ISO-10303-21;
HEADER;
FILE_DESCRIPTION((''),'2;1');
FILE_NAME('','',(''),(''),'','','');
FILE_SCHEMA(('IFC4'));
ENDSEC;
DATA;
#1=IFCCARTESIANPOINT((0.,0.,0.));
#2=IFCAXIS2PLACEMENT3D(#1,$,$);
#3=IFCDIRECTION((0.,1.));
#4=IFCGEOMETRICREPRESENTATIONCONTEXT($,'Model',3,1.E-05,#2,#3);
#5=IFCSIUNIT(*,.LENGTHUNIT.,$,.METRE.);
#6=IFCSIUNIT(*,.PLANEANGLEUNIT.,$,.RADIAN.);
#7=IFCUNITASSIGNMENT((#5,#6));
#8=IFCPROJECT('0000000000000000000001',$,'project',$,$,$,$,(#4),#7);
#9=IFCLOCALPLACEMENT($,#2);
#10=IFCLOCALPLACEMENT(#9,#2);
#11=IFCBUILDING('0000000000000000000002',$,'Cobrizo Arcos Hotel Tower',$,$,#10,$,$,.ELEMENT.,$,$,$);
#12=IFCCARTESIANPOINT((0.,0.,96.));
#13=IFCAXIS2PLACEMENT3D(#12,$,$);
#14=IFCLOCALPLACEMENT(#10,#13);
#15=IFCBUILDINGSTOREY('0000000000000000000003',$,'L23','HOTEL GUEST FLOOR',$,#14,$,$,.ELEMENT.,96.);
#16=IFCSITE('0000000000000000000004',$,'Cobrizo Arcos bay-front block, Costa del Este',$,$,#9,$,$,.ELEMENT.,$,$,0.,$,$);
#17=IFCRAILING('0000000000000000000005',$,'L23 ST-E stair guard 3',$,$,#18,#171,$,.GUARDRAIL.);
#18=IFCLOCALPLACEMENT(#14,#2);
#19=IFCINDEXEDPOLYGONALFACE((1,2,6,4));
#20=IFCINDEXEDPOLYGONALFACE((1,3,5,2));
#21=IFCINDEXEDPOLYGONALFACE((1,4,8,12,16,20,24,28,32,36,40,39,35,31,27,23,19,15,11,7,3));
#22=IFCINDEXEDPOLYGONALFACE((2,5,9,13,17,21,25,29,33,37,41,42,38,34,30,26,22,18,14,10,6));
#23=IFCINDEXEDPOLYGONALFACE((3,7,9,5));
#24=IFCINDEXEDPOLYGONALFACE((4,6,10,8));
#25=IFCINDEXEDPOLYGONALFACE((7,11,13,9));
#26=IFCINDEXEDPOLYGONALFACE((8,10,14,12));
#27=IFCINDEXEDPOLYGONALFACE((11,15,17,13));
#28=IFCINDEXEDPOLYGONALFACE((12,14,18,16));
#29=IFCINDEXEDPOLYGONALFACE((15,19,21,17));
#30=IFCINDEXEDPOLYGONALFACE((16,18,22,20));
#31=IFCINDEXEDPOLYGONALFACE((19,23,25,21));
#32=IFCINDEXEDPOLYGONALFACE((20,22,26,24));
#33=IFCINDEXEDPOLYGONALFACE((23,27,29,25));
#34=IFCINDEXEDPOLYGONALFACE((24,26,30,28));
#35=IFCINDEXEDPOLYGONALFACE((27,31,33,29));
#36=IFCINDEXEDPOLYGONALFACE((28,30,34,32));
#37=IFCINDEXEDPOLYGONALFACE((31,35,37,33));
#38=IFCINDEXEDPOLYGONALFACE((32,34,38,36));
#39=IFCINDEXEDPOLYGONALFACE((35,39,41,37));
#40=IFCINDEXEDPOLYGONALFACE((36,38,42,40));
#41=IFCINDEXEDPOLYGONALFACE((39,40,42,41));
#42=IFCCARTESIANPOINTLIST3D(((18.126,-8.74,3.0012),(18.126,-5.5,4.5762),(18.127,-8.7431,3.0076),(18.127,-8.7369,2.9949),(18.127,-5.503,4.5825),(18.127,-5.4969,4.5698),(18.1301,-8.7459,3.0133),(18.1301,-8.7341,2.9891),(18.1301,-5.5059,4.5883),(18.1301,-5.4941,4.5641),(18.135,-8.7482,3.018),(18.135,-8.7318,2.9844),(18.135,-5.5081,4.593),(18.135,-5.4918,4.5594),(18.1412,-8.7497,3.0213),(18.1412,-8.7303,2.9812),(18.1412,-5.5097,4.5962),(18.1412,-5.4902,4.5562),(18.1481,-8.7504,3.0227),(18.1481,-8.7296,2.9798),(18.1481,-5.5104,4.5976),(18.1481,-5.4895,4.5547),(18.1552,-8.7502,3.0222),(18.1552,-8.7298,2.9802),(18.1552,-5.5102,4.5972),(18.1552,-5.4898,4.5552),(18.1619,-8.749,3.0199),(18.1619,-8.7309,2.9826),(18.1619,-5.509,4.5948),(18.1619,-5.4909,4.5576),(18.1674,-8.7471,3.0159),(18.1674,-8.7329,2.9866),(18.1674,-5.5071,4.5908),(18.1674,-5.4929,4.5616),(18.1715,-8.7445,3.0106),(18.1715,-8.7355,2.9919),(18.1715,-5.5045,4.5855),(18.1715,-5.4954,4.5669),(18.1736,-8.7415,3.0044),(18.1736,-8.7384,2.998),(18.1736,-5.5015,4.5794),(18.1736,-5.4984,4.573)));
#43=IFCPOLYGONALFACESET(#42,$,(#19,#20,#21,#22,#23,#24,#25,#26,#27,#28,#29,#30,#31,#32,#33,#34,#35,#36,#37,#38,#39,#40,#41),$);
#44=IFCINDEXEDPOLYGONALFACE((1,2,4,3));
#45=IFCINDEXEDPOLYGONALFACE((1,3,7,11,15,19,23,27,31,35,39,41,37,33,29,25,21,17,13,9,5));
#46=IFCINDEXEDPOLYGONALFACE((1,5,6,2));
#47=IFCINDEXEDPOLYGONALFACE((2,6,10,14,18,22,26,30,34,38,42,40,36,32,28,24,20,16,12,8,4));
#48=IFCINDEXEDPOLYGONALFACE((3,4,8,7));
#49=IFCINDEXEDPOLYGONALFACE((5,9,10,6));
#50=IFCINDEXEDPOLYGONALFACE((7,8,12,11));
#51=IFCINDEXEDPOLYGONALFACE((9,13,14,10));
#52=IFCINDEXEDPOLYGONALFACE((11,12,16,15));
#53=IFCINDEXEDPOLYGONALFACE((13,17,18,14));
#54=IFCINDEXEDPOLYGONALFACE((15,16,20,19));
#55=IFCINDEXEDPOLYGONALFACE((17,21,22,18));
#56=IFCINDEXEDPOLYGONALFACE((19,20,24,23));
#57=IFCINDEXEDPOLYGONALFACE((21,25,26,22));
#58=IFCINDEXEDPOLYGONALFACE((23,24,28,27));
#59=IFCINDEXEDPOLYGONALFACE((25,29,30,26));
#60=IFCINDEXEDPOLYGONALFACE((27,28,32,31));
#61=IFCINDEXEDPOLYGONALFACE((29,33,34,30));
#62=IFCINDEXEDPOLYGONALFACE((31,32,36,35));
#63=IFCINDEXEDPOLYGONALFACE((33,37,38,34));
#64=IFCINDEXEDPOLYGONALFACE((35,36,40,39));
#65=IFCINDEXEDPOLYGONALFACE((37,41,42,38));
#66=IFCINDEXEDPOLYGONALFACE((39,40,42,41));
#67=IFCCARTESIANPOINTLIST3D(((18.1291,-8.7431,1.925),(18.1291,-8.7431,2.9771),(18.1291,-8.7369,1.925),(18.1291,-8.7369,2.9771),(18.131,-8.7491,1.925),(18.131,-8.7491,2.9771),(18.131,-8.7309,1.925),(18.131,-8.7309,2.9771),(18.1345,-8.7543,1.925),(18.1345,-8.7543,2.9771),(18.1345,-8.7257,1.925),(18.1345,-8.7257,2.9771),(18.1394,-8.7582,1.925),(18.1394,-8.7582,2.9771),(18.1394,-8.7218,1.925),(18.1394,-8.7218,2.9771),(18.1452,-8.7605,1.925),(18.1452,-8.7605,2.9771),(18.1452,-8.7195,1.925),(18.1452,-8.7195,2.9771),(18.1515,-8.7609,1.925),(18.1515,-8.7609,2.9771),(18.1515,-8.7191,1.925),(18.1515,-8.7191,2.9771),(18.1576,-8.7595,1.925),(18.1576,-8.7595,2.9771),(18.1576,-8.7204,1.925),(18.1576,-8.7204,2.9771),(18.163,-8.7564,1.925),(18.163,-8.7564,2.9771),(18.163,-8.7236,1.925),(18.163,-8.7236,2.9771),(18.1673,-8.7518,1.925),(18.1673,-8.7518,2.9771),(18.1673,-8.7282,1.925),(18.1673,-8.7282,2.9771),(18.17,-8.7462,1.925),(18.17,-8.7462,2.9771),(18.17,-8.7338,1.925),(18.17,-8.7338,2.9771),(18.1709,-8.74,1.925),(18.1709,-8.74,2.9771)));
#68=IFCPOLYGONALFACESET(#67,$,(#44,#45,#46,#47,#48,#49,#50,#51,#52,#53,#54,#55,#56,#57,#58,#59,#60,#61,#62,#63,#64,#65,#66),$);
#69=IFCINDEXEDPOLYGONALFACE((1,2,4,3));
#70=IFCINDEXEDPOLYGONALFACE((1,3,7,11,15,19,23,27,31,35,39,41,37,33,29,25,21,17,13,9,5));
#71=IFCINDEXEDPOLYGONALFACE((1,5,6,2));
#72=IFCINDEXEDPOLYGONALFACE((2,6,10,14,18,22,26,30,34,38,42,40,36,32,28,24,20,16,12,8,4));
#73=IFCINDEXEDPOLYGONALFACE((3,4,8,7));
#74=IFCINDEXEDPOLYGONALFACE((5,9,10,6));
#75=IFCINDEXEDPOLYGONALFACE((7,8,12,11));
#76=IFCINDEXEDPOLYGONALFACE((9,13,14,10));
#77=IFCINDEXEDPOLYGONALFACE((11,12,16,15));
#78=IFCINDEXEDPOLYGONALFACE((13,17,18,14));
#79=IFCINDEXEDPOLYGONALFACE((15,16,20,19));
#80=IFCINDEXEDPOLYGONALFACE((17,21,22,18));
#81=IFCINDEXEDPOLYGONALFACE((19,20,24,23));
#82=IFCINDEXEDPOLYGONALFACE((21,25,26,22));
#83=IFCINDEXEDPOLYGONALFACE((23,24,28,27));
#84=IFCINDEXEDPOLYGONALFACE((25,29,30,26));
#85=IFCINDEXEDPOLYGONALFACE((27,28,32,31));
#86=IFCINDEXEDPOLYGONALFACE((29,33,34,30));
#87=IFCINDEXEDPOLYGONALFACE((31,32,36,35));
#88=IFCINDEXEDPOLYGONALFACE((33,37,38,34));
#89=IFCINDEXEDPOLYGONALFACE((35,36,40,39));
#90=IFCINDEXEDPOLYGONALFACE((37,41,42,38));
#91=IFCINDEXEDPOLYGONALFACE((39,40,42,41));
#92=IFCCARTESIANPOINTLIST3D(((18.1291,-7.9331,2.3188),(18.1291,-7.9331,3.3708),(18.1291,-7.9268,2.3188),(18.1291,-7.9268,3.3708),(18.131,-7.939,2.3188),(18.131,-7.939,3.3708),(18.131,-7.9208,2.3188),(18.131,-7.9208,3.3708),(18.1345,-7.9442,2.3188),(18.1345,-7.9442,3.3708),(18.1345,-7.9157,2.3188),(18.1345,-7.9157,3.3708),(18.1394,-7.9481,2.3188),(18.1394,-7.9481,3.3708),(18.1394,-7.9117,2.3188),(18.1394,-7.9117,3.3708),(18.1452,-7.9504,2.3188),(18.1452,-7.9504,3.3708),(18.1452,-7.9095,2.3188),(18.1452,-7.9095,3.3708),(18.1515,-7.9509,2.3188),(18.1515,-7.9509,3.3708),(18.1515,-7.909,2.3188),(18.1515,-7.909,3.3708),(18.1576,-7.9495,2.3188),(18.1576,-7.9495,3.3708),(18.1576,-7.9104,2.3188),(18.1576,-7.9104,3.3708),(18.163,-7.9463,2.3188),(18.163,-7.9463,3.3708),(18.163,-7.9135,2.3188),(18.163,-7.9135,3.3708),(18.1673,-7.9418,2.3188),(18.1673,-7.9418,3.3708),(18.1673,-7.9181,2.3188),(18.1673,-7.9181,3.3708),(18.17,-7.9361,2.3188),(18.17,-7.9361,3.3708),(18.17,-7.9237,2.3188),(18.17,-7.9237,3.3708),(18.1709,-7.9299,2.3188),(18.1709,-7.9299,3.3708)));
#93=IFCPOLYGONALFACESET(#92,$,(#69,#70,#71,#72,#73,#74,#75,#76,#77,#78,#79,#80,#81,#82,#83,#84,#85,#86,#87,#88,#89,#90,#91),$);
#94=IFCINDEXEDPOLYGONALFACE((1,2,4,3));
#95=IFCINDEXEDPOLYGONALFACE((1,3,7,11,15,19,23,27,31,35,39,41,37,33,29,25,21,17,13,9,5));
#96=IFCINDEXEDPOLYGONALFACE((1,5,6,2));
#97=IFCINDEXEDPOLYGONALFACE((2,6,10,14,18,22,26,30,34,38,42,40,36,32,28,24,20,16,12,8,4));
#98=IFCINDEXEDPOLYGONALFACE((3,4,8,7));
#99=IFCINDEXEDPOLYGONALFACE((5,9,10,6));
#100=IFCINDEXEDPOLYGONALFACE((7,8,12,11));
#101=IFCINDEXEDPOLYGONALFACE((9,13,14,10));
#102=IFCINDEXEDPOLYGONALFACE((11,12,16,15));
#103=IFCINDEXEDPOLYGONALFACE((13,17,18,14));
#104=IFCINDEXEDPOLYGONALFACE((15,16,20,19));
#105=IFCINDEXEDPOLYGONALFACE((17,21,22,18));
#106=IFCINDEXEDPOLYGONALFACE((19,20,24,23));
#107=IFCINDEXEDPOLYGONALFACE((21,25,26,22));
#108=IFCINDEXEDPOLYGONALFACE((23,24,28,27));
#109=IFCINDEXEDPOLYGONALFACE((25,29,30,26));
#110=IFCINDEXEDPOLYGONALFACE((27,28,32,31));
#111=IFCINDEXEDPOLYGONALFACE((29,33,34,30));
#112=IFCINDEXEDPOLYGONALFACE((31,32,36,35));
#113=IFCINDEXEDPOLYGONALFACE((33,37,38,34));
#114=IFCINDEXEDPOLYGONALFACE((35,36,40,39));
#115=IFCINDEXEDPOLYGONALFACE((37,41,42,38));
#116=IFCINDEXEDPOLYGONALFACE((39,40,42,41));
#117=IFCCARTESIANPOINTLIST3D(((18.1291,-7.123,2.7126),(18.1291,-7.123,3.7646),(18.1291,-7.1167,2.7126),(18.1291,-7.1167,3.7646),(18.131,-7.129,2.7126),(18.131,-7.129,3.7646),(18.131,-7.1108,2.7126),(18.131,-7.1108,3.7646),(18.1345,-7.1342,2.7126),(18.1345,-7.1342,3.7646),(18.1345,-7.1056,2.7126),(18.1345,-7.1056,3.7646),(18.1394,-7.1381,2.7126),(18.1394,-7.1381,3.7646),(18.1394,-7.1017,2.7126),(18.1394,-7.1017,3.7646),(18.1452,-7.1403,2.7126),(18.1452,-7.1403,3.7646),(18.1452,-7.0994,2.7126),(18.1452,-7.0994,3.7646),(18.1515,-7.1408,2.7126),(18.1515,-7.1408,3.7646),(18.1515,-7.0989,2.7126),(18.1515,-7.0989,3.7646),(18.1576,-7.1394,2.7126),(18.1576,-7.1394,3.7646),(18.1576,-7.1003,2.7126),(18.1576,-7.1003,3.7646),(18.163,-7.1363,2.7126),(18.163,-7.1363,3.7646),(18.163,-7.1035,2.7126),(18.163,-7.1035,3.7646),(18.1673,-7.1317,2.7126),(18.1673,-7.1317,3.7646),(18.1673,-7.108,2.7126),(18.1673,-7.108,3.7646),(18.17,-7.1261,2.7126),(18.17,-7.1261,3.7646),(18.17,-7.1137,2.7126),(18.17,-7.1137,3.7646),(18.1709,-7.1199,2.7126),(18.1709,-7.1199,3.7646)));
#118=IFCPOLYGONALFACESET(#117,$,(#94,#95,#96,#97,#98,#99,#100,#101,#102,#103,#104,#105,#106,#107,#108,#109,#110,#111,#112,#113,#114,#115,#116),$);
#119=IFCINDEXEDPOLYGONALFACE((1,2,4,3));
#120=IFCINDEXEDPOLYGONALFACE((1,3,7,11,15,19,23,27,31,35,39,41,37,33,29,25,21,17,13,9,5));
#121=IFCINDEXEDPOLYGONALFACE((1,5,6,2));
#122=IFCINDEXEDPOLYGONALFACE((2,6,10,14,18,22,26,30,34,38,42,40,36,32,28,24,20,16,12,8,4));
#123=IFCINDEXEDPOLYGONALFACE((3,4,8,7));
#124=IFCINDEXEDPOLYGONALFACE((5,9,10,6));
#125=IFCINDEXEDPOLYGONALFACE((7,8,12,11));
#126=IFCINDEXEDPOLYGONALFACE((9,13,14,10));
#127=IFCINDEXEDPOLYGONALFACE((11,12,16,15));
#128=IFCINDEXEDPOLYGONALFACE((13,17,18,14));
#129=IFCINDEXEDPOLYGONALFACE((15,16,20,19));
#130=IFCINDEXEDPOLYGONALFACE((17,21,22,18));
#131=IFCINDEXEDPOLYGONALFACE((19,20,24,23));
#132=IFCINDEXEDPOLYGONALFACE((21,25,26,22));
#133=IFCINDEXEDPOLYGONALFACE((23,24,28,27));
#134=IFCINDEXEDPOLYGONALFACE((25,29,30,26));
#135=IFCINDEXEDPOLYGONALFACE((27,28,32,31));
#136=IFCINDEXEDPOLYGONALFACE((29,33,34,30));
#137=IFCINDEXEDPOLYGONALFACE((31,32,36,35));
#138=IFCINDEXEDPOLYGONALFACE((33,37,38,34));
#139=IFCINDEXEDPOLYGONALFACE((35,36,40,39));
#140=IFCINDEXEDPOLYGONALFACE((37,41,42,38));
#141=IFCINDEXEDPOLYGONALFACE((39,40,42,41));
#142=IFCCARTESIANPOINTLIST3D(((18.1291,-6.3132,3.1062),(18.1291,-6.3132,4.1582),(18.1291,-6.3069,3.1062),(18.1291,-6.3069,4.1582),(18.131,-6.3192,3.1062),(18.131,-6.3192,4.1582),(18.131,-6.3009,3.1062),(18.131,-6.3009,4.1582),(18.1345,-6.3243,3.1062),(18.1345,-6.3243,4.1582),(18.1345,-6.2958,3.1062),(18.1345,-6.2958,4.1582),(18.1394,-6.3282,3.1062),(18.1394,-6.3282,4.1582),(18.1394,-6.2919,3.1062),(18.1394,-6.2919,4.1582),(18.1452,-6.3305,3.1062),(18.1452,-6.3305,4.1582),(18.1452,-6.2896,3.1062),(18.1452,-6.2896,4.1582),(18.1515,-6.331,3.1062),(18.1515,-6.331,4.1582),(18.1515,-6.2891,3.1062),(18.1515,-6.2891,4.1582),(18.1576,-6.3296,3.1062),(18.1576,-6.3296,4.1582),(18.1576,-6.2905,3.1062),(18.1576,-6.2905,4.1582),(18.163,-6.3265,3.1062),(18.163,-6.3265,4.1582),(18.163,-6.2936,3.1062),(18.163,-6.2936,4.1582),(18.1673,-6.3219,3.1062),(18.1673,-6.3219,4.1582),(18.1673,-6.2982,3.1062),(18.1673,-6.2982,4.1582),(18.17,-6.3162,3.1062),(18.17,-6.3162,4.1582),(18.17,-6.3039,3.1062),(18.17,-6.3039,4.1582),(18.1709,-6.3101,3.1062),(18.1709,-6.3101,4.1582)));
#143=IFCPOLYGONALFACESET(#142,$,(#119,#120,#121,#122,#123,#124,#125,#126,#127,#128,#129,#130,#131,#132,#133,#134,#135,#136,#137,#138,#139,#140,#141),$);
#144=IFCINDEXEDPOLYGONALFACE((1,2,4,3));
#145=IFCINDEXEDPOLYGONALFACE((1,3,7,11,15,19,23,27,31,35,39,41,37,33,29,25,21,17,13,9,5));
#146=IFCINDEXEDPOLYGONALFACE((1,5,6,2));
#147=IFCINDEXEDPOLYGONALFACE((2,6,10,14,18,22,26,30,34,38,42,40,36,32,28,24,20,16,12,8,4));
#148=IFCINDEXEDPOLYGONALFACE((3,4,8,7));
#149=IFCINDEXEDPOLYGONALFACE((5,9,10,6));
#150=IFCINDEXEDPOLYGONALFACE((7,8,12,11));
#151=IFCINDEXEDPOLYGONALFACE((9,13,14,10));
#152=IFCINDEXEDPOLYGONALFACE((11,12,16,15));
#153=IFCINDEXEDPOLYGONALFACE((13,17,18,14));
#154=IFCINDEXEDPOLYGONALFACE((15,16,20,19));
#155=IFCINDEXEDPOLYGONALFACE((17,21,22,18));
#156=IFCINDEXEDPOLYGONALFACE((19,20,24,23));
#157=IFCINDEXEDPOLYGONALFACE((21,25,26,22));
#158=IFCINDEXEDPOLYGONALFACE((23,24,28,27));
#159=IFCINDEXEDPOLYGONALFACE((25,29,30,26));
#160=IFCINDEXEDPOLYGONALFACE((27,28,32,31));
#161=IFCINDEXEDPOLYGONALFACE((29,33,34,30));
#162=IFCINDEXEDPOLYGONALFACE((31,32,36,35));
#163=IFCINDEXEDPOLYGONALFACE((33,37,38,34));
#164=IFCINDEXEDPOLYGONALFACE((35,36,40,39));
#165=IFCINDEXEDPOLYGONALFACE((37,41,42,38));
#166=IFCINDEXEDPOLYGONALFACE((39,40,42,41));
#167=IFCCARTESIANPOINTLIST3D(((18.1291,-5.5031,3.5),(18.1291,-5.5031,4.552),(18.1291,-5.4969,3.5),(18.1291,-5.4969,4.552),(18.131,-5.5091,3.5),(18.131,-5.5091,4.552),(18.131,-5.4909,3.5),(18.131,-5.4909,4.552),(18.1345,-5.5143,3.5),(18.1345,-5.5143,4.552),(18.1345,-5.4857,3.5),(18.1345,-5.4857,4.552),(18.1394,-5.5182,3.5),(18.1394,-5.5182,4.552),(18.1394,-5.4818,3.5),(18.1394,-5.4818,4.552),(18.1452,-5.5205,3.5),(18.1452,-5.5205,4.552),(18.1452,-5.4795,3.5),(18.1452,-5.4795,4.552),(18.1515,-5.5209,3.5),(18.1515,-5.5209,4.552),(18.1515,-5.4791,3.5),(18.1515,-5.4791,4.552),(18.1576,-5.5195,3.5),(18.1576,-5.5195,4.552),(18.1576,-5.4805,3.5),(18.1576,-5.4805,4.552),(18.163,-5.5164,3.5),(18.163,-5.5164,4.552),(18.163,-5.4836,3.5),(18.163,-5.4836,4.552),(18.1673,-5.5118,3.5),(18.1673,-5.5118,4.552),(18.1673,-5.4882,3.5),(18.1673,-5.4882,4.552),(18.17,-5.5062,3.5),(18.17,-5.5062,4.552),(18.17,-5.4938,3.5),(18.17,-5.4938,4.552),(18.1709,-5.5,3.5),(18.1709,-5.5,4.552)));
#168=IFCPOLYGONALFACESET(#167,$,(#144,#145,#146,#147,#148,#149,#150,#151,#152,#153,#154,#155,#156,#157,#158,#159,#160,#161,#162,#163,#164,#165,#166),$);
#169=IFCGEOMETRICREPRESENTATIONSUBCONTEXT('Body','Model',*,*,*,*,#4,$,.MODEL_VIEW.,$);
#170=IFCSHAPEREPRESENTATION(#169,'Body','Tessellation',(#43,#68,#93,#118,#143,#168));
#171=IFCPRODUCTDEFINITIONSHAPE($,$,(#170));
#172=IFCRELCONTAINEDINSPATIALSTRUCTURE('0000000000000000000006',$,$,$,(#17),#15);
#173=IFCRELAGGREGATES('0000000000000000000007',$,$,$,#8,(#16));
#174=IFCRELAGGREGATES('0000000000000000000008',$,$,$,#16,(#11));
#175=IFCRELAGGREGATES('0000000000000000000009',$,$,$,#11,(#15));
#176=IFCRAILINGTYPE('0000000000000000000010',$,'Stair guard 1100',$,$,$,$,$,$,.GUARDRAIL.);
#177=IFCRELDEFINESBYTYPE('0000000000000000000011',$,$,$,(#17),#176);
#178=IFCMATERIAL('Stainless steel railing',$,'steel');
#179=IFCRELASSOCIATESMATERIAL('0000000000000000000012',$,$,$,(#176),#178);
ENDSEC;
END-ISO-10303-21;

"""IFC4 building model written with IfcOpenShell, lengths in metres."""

from ifc_helpers import new_model, si_unit, direction, frame, origin, origin_2d, place, context, subcontext, project, spatial, circle, extrude, material, type_object, element, save


model = new_model("IFC4")

# Units and contexts
model_context = context("Model", 3, precision=1e-05, world=origin(), true_north=direction((0.0, 1.0)))
body_context = subcontext(model_context, "Body", "Model", "MODEL_VIEW")
ifc_project = project(units=[si_unit("LENGTHUNIT", "METRE"), si_unit("PLANEANGLEUNIT", "RADIAN")], contexts=[model_context])

# Site, building, storey
site_placement = place(None, origin())
site = spatial("IfcSite", under=ifc_project, at=site_placement, Name="Cobrizo Arcos bay-front block, Costa del Este", CompositionType="ELEMENT", RefElevation=0.0)
building_placement = place(site_placement, origin())
building = spatial("IfcBuilding", under=site, at=building_placement, Name="Cobrizo Arcos Hotel Tower", CompositionType="ELEMENT")
storey_placement = place(building_placement, frame((0.0, 0.0, 96.0)))
storey = spatial("IfcBuildingStorey", under=building, at=storey_placement, Name="L23", Description="HOTEL GUEST FLOOR", CompositionType="ELEMENT", Elevation=96.0)

# Railing
ifc_material_1 = material(Name="Stainless steel railing", Category="steel")
railing_type_1 = type_object("IfcRailingType", Name="Stair guard 1100", PredefinedType="GUARDRAIL", material=ifc_material_1)
railing_1_placement = place(storey_placement, frame((18.1499, -8.74, 1.925)))
element("IfcRailing", 1, at=railing_1_placement, inside=storey, type_object=railing_type_1, Name="L23 ST-E stair guard 3", PredefinedType="GUARDRAIL", context=body_context, shape_type="SweptSolid", body=[
    extrude(circle(Radius=0.0239, at=origin_2d()), frame((0.0, 0.0, 1.0762), z_axis=(0.0, 0.899373, 0.437183), x_axis=(-1.0, 0.0, 0.0)), (0.0, 0.0, 1.0), 3.6025),
    extrude(circle(Radius=0.021, at=origin_2d()), origin(), (0.0, 0.0, 1.0), 1.052),
    extrude(circle(Radius=0.021, at=origin_2d()), frame((0.0, 0.8101, 0.3938)), (0.0, 0.0, 1.0), 1.052),
    extrude(circle(Radius=0.021, at=origin_2d()), frame((0.0, 1.6201, 0.7876)), (0.0, 0.0, 1.0), 1.052),
    extrude(circle(Radius=0.021, at=origin_2d()), frame((0.0, 2.4299, 1.1812)), (0.0, 0.0, 1.0), 1.052),
    extrude(circle(Radius=0.021, at=origin_2d()), frame((0.0, 3.24, 1.575)), (0.0, 0.0, 1.0), 1.052),
])

save(model, "model.ifc")
